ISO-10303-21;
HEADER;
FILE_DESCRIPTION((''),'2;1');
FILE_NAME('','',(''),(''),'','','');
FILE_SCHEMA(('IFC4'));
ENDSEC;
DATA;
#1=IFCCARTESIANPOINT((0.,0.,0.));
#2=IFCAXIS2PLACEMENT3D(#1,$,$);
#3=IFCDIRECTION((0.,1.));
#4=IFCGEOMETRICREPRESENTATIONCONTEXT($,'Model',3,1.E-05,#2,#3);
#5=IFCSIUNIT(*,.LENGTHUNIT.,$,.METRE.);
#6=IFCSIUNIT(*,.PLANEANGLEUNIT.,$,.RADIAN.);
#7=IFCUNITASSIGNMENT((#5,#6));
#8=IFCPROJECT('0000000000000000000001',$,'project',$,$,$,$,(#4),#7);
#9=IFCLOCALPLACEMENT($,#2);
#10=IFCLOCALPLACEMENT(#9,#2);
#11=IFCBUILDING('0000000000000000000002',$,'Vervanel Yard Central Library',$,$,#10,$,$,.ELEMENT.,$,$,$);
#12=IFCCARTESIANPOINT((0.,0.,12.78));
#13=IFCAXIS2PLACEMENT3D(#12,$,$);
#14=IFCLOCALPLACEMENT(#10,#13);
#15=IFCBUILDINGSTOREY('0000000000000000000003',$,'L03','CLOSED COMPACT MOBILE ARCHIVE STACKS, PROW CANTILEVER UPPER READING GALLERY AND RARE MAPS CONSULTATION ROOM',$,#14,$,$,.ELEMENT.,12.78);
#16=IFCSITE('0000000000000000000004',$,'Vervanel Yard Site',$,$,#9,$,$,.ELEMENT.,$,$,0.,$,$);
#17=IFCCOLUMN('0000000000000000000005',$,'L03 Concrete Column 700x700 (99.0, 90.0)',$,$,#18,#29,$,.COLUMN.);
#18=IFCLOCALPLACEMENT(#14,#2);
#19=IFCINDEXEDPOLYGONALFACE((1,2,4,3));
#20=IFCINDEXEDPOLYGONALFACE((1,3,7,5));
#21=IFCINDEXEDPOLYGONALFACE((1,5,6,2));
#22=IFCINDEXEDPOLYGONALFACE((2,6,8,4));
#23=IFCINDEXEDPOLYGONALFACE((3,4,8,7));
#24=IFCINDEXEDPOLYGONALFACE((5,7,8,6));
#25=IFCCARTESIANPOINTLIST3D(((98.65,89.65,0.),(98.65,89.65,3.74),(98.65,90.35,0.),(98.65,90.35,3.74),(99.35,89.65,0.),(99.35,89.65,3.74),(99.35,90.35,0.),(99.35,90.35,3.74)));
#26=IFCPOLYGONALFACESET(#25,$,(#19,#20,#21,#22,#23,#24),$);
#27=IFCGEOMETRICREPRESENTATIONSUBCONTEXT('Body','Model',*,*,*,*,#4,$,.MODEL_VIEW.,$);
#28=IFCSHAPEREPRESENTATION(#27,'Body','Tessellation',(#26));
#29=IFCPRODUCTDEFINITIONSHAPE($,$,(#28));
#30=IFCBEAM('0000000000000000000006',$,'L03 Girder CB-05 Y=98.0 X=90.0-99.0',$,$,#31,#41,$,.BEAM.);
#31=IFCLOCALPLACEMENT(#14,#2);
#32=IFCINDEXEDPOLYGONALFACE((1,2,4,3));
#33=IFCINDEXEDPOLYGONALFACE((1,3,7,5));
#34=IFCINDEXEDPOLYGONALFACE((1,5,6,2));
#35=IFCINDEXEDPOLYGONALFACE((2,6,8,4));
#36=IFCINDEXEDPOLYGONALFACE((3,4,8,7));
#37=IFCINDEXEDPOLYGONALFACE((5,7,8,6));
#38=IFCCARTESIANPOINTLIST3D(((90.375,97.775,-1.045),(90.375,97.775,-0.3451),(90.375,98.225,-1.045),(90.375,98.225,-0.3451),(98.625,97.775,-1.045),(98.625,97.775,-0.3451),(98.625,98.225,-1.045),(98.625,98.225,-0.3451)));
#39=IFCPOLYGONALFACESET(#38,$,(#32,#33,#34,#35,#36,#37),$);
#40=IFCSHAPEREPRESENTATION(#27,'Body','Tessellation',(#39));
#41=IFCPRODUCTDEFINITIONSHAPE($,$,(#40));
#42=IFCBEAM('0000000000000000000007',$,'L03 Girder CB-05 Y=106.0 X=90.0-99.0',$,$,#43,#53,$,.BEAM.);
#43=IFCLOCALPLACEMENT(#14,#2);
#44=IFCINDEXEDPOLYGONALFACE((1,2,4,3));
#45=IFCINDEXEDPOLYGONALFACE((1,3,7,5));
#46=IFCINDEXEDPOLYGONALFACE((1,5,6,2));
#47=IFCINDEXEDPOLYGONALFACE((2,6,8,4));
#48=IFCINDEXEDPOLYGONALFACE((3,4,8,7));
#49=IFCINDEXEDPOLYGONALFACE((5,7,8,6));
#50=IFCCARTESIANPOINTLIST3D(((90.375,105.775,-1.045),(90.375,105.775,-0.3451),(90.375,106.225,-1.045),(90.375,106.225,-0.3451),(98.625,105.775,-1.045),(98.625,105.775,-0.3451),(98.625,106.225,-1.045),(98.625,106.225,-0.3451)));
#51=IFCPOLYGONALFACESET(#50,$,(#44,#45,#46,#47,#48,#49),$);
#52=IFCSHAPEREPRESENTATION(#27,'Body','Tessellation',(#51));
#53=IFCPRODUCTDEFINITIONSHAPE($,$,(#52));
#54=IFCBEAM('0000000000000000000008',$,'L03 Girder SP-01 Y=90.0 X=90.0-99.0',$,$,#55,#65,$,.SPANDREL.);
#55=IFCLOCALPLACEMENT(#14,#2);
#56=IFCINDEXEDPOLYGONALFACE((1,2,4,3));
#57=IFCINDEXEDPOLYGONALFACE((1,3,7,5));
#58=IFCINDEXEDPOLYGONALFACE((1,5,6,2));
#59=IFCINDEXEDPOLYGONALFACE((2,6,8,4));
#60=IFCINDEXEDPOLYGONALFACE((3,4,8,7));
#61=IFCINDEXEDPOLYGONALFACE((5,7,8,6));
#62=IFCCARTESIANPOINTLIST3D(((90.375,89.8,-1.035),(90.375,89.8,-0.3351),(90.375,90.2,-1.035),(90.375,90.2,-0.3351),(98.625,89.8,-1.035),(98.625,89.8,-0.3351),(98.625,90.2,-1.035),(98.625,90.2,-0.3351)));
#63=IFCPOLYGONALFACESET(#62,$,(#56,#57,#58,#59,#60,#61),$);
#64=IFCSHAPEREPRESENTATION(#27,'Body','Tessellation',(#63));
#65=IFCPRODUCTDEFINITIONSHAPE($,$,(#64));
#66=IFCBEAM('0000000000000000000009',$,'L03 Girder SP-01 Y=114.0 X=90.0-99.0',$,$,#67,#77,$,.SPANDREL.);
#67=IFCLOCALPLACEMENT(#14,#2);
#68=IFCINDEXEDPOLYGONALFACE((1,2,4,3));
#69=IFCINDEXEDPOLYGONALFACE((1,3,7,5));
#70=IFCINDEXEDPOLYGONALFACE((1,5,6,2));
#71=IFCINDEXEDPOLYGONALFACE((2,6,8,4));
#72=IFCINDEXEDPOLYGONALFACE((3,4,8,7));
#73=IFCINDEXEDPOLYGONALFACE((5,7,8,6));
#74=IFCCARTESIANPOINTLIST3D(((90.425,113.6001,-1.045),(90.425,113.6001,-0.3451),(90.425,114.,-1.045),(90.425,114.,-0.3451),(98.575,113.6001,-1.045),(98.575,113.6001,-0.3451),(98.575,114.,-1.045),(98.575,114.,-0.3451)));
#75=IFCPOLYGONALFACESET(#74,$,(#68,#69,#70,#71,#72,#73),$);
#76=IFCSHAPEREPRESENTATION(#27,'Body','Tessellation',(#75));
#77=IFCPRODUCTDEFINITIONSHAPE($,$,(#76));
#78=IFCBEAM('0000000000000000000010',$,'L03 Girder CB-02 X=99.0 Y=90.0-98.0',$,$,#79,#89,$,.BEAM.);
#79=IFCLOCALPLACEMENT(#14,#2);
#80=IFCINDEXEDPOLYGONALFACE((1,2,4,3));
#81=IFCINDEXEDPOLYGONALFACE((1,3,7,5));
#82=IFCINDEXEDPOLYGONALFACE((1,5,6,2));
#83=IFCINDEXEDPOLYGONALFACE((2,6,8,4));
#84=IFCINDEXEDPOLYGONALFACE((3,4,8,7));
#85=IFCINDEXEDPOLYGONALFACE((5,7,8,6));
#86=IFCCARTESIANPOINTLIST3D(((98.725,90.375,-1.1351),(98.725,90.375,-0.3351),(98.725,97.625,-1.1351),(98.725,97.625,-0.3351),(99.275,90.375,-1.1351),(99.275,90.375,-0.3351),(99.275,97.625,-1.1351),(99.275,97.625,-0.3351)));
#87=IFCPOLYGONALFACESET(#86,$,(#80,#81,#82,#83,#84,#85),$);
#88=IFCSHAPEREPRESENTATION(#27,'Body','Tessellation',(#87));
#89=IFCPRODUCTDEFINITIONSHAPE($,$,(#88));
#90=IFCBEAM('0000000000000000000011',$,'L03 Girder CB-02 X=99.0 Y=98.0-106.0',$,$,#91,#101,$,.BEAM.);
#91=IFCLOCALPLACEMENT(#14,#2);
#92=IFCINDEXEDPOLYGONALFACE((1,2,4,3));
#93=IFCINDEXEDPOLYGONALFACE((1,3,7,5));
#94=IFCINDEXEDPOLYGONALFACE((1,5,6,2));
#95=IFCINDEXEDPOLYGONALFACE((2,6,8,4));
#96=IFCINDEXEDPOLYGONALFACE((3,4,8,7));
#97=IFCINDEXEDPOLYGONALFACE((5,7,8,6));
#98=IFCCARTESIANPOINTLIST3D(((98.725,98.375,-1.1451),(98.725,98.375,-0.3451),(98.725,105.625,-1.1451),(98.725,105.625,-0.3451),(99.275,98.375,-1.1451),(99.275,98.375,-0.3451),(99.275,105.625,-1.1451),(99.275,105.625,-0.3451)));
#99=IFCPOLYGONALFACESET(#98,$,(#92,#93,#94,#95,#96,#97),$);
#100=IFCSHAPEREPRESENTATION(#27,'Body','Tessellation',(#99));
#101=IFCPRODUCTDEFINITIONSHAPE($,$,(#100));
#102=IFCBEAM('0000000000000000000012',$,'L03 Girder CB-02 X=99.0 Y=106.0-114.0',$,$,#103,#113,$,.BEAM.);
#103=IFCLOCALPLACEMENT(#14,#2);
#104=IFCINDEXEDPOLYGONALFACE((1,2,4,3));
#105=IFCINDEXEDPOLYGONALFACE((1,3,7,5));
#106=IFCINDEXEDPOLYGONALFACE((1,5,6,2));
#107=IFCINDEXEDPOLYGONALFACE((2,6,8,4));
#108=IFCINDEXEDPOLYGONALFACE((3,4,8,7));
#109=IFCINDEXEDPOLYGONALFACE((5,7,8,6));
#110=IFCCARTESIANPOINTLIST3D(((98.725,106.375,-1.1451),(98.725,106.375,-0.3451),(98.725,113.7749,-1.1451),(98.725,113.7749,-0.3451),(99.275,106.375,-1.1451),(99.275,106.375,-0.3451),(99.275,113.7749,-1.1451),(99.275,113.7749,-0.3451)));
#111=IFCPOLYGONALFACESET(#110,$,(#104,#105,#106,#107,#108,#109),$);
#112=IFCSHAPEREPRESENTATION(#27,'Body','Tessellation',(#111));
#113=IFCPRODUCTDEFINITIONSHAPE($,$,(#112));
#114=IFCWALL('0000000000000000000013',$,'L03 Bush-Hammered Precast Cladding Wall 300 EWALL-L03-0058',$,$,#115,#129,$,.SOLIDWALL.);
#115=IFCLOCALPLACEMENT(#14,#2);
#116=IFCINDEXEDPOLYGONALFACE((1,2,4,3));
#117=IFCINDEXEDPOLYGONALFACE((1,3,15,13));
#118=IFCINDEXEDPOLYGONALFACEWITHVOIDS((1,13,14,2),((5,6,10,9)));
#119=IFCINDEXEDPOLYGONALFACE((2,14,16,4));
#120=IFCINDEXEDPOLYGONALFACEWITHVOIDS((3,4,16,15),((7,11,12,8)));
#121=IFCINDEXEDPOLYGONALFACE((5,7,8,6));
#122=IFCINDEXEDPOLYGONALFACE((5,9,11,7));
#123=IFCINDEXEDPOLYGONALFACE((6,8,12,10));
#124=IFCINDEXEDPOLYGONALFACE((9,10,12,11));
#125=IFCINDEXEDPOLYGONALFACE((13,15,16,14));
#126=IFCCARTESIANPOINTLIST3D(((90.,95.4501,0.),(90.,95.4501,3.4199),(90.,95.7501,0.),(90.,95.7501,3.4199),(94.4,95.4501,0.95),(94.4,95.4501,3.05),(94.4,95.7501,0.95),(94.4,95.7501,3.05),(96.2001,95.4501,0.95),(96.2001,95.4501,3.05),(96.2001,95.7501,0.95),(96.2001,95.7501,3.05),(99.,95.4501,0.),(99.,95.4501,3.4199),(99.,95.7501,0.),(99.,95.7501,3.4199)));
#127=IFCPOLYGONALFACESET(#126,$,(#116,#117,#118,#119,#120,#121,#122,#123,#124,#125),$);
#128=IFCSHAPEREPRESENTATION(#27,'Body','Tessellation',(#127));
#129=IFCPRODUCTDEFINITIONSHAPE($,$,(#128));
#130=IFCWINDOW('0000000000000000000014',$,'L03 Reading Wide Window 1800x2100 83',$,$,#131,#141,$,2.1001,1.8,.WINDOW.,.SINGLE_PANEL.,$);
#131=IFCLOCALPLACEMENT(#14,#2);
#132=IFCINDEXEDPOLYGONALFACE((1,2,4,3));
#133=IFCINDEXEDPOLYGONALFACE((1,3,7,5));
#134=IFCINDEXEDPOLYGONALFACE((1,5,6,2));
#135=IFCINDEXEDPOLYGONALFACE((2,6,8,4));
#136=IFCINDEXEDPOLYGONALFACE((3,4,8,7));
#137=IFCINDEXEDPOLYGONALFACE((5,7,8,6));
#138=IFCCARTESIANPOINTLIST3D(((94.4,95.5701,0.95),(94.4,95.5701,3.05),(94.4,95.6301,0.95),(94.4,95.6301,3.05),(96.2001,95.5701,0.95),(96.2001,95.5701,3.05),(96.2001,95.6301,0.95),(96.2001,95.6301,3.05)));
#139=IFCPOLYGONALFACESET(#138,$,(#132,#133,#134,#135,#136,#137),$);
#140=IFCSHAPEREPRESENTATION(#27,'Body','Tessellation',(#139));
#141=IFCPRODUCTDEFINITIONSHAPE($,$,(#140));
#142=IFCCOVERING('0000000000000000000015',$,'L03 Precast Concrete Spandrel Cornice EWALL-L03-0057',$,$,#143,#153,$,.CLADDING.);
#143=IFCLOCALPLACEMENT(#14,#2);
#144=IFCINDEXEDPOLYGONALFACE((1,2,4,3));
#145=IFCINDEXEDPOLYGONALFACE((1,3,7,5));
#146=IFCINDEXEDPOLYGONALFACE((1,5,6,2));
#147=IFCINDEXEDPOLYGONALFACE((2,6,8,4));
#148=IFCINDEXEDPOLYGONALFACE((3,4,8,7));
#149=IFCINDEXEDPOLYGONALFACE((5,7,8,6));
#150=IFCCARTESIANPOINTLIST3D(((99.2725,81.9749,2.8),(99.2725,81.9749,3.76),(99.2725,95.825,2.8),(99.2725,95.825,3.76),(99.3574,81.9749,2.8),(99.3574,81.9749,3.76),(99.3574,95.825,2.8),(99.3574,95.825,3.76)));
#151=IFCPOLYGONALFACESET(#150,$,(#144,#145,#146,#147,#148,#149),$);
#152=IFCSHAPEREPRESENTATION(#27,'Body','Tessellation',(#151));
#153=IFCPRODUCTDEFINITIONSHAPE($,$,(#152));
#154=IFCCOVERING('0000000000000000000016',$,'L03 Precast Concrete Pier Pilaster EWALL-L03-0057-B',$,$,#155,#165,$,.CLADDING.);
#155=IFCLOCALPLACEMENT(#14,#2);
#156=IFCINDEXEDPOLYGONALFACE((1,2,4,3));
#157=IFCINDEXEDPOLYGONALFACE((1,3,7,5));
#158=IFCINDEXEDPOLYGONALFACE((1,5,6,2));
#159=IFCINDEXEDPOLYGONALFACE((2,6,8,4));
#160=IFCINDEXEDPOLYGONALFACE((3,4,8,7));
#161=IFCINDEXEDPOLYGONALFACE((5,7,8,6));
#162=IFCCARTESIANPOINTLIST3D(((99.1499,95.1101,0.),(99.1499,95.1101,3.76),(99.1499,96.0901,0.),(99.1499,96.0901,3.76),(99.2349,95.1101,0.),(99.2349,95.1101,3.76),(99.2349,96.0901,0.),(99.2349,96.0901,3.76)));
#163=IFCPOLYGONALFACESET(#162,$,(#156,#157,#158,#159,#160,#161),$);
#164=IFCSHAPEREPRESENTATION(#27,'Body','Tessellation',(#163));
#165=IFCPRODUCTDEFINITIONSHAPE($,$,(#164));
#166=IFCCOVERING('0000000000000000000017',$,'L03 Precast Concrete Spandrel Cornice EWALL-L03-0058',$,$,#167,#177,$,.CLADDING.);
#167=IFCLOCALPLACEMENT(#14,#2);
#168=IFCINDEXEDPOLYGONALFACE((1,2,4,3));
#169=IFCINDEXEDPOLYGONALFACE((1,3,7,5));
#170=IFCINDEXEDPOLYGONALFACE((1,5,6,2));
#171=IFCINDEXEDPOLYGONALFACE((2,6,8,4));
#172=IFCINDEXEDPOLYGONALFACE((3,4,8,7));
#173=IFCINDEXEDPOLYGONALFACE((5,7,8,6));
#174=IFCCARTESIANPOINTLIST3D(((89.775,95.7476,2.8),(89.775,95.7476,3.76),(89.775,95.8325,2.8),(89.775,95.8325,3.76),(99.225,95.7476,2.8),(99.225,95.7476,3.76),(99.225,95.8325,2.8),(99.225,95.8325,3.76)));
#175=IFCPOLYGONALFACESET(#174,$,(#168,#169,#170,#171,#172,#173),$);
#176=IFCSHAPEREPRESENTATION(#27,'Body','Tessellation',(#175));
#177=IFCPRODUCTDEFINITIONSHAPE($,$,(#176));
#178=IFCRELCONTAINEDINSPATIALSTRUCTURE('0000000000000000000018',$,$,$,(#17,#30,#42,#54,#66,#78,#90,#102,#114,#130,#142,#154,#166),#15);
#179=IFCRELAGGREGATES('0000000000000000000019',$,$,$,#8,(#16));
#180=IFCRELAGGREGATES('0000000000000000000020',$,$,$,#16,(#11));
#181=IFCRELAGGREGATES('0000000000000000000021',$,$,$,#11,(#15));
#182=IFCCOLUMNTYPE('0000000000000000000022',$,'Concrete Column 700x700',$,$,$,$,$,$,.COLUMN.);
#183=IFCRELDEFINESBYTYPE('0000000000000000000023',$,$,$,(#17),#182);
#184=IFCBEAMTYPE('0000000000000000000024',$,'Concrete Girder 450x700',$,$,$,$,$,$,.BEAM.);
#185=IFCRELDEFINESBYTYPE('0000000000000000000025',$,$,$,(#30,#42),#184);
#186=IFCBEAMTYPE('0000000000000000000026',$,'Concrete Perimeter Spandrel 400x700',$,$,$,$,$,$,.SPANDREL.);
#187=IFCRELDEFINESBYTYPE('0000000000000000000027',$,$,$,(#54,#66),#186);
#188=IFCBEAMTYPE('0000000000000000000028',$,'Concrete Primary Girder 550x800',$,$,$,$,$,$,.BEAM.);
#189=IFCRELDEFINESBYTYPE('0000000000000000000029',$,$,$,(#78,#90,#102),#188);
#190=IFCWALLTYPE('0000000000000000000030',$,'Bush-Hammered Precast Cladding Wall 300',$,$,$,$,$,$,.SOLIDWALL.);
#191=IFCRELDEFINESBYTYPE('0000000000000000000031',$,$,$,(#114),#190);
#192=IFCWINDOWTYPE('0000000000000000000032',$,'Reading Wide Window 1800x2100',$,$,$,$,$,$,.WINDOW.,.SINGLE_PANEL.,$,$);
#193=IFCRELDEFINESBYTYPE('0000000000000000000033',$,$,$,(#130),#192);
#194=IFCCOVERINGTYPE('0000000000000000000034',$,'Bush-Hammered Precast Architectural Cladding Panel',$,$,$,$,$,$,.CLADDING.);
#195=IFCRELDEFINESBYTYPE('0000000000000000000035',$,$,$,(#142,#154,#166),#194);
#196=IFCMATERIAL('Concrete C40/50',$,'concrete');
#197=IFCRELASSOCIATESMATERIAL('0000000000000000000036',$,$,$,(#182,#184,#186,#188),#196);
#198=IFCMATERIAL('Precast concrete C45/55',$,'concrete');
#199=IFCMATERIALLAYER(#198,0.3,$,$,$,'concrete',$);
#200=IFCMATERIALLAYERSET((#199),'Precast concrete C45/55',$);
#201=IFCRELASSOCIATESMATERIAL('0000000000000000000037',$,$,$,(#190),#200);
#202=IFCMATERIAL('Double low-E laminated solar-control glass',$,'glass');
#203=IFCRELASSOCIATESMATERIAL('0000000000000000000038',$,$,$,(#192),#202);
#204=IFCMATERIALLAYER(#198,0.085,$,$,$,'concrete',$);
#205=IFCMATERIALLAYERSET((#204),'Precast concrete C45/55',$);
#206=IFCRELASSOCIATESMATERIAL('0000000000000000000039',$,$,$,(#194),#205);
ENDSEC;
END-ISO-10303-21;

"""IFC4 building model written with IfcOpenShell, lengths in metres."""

from ifc_helpers import new_model, si_unit, direction, frame, frame_2d, origin, origin_2d, place, context, subcontext, project, spatial, rectangle, extrude, material, layer, layer_set, material_profile, profile_set, type_object, element, fill, save


model = new_model("IFC4")

# Units and contexts
model_context = context("Model", 3, precision=1e-05, world=origin(), true_north=direction((0.0, 1.0)))
body_context = subcontext(model_context, "Body", "Model", "MODEL_VIEW")
ifc_project = project(units=[si_unit("LENGTHUNIT", "METRE"), si_unit("PLANEANGLEUNIT", "RADIAN")], contexts=[model_context])

# Site, building, storey
site_placement = place(None, origin())
site = spatial("IfcSite", under=ifc_project, at=site_placement, Name="Vervanel Yard Site", CompositionType="ELEMENT", RefElevation=0.0)
building_placement = place(site_placement, origin())
building = spatial("IfcBuilding", under=site, at=building_placement, Name="Vervanel Yard Central Library", CompositionType="ELEMENT")
storey_placement = place(building_placement, frame((0.0, 0.0, 12.78)))
storey = spatial("IfcBuildingStorey", under=building, at=storey_placement, Name="L03", Description="CLOSED COMPACT MOBILE ARCHIVE STACKS, PROW CANTILEVER UPPER READING GALLERY AND RARE MAPS CONSULTATION ROOM", CompositionType="ELEMENT", Elevation=12.78)

# Column
ifc_material_1 = material(Name="Concrete C40/50", Category="concrete")
ifc_material_profile_1 = material_profile(ifc_material_1, rectangle(XDim=0.7, YDim=0.7, at=origin_2d()), Name="RC 700x700", Category="concrete")
ifc_profile_set_1 = profile_set([ifc_material_profile_1], Name="Concrete C40/50")
column_type = type_object("IfcColumnType", Name="Concrete Column 700x700", PredefinedType="COLUMN", material=ifc_profile_set_1)
column_placement = place(storey_placement, frame((99.0, 90.0, 0.0), z_axis=(0.0, 0.0, 1.0), x_axis=(1.0, 0.0, 0.0)))
element("IfcColumn", 1, at=column_placement, inside=storey, type_object=column_type, Name="L03 Concrete Column 700x700 (99.0, 90.0)", PredefinedType="COLUMN", context=body_context, shape_type="SweptSolid", body=[
    extrude(rectangle(XDim=0.7, YDim=0.7, at=origin_2d()), origin(), (0.0, 0.0, 1.0), 3.74),
])

# Beams
ifc_material_profile_2 = material_profile(ifc_material_1, rectangle(XDim=0.45, YDim=0.7, at=origin_2d()), Name="RC 450x700", Category="concrete")
ifc_profile_set_2 = profile_set([ifc_material_profile_2], Name="Concrete C40/50")
beam_type_1 = type_object("IfcBeamType", Name="Concrete Girder 450x700", PredefinedType="BEAM", material=ifc_profile_set_2)
for number, where, z_axis, x_axis, name in (
    (2, (90.375, 98.0, -0.6951), (1.0, 0.0, 0.0), (0.0, 1.0, 0.0), "L03 Girder CB-05 Y=98.0 X=90.0-99.0"),
    (3, (90.375, 106.0, -0.6951), (1.0, 0.0, 0.0), (0.0, 1.0, 0.0), "L03 Girder CB-05 Y=106.0 X=90.0-99.0"),
):
    element("IfcBeam", number, at=place(storey_placement, frame(where, z_axis=z_axis, x_axis=x_axis)), inside=storey, type_object=beam_type_1, Name=name, PredefinedType="BEAM", context=body_context, shape_type="SweptSolid", body=[
        extrude(rectangle(XDim=0.45, YDim=0.7, at=origin_2d()), origin(), (0.0, 0.0, 1.0), 8.25),
    ])
ifc_material_profile_3 = material_profile(ifc_material_1, rectangle(XDim=0.3999, YDim=0.7, at=origin_2d()), Name="RC 400x700", Category="concrete")
ifc_profile_set_3 = profile_set([ifc_material_profile_3], Name="Concrete C40/50")
beam_type_2 = type_object("IfcBeamType", Name="Concrete Perimeter Spandrel 400x700", PredefinedType="SPANDREL", material=ifc_profile_set_3)
beam_1_placement = place(storey_placement, frame((90.375, 90.0, -0.6851), z_axis=(1.0, 0.0, 0.0), x_axis=(0.0, 1.0, 0.0)))
element("IfcBeam", 4, at=beam_1_placement, inside=storey, type_object=beam_type_2, Name="L03 Girder SP-01 Y=90.0 X=90.0-99.0", PredefinedType="SPANDREL", context=body_context, shape_type="SweptSolid", body=[
    extrude(rectangle(XDim=0.3999, YDim=0.7, at=origin_2d()), origin(), (0.0, 0.0, 1.0), 8.25),
])
beam_2_placement = place(storey_placement, frame((90.425, 113.8, -0.6951), z_axis=(1.0, 0.0, 0.0), x_axis=(0.0, 1.0, 0.0)))
element("IfcBeam", 5, at=beam_2_placement, inside=storey, type_object=beam_type_2, Name="L03 Girder SP-01 Y=114.0 X=90.0-99.0", PredefinedType="SPANDREL", context=body_context, shape_type="SweptSolid", body=[
    extrude(rectangle(XDim=0.3999, YDim=0.7, at=origin_2d()), origin(), (0.0, 0.0, 1.0), 8.1499),
])
ifc_material_profile_4 = material_profile(ifc_material_1, rectangle(XDim=0.55, YDim=0.8, at=origin_2d()), Name="RC 550x800", Category="concrete")
ifc_profile_set_4 = profile_set([ifc_material_profile_4], Name="Concrete C40/50")
beam_type_3 = type_object("IfcBeamType", Name="Concrete Primary Girder 550x800", PredefinedType="BEAM", material=ifc_profile_set_4)
for number, where, z_axis, x_axis, name in (
    (6, (99.0, 90.375, -0.7351), (0.0, 1.0, 0.0), (-1.0, 0.0, 0.0), "L03 Girder CB-02 X=99.0 Y=90.0-98.0"),
    (7, (99.0, 98.375, -0.7451), (0.0, 1.0, 0.0), (-1.0, 0.0, 0.0), "L03 Girder CB-02 X=99.0 Y=98.0-106.0"),
):
    element("IfcBeam", number, at=place(storey_placement, frame(where, z_axis=z_axis, x_axis=x_axis)), inside=storey, type_object=beam_type_3, Name=name, PredefinedType="BEAM", context=body_context, shape_type="SweptSolid", body=[
        extrude(rectangle(XDim=0.55, YDim=0.8, at=origin_2d()), origin(), (0.0, 0.0, 1.0), 7.25),
    ])
beam_3_placement = place(storey_placement, frame((99.0, 106.375, -0.7451), z_axis=(0.0, 1.0, 0.0), x_axis=(-1.0, 0.0, 0.0)))
element("IfcBeam", 8, at=beam_3_placement, inside=storey, type_object=beam_type_3, Name="L03 Girder CB-02 X=99.0 Y=106.0-114.0", PredefinedType="BEAM", context=body_context, shape_type="SweptSolid", body=[
    extrude(rectangle(XDim=0.55, YDim=0.8, at=origin_2d()), origin(), (0.0, 0.0, 1.0), 7.3999),
])

# Wall, opening, window
ifc_material_2 = material(Name="Precast concrete C45/55", Category="concrete")
ifc_layer_1 = layer(ifc_material_2, 0.3, Category="concrete")
ifc_layer_set_1 = layer_set([ifc_layer_1], Name="Precast concrete C45/55")
wall_type = type_object("IfcWallType", Name="Bush-Hammered Precast Cladding Wall 300", PredefinedType="SOLIDWALL", material=ifc_layer_set_1)
wall_placement = place(storey_placement, frame((99.0, 95.6001, 0.0), z_axis=(0.0, 0.0, 1.0), x_axis=(-1.0, 0.0, 0.0)))
wall = element("IfcWall", 9, at=wall_placement, inside=storey, type_object=wall_type, Name="L03 Bush-Hammered Precast Cladding Wall 300 EWALL-L03-0058", PredefinedType="SOLIDWALL", context=body_context, shape_type="SweptSolid", body=[
    extrude(rectangle(XDim=9.0, YDim=0.3, at=frame_2d((4.5, 0.0))), origin(), (0.0, 0.0, 1.0), 3.4199),
])
opening_placement = place(wall_placement, frame((2.8, 0.0, 0.95)))
opening = element("IfcOpeningElement", 10, at=opening_placement, cuts=wall, PredefinedType="OPENING", context=body_context, shape_type="SweptSolid", body=[
    extrude(rectangle(XDim=1.8, YDim=2.1001, at=frame_2d((0.8999, 1.05))), frame((0.0, 0.1599, 0.0), z_axis=(0.0, -1.0, 0.0), x_axis=(1.0, 0.0, 0.0)), (0.0, 0.0, 1.0), 0.3201),
])
ifc_material_3 = material(Name="Double low-E laminated solar-control glass", Category="glass")
window_type = type_object("IfcWindowType", Name="Reading Wide Window 1800x2100", PartitioningType="SINGLE_PANEL", PredefinedType="WINDOW", material=ifc_material_3)
window_placement = place(opening_placement, origin())
window = element("IfcWindow", 11, at=window_placement, inside=storey, type_object=window_type, Name="L03 Reading Wide Window 1800x2100 83", OverallHeight=2.1001, OverallWidth=1.8, PartitioningType="SINGLE_PANEL", PredefinedType="WINDOW", context=body_context, shape_type="SweptSolid", body=[
    extrude(rectangle(XDim=1.8, YDim=2.1001, at=frame_2d((0.8999, 1.05))), frame((0.0, 0.03, 0.0), z_axis=(0.0, -1.0, 0.0), x_axis=(1.0, 0.0, 0.0)), (0.0, 0.0, 1.0), 0.0601),
])
fill(opening, window)

# Coverings
ifc_layer_2 = layer(ifc_material_2, 0.085, Category="concrete")
ifc_layer_set_2 = layer_set([ifc_layer_2], Name="Precast concrete C45/55")
covering_type = type_object("IfcCoveringType", Name="Bush-Hammered Precast Architectural Cladding Panel", PredefinedType="CLADDING", material=ifc_layer_set_2)
covering_1_placement = place(storey_placement, frame((99.3149, 88.8999, 2.8), z_axis=(0.0, 0.0, 1.0), x_axis=(0.0, 1.0, 0.0)))
element("IfcCovering", 12, at=covering_1_placement, inside=storey, type_object=covering_type, Name="L03 Precast Concrete Spandrel Cornice EWALL-L03-0057", PredefinedType="CLADDING", context=body_context, shape_type="SweptSolid", body=[
    extrude(rectangle(XDim=13.8501, YDim=0.085, at=origin_2d()), origin(), (0.0, 0.0, 1.0), 0.96),
])
covering_2_placement = place(storey_placement, frame((99.1924, 95.6001, 0.0), z_axis=(0.0, 0.0, 1.0), x_axis=(0.0, 1.0, 0.0)))
element("IfcCovering", 13, at=covering_2_placement, inside=storey, type_object=covering_type, Name="L03 Precast Concrete Pier Pilaster EWALL-L03-0057-B", PredefinedType="CLADDING", context=body_context, shape_type="SweptSolid", body=[
    extrude(rectangle(XDim=0.98, YDim=0.085, at=origin_2d()), origin(), (0.0, 0.0, 1.0), 3.76),
])
covering_3_placement = place(storey_placement, frame((94.5, 95.79, 2.8), z_axis=(0.0, 0.0, 1.0), x_axis=(-1.0, 0.0, 0.0)))
element("IfcCovering", 14, at=covering_3_placement, inside=storey, type_object=covering_type, Name="L03 Precast Concrete Spandrel Cornice EWALL-L03-0058", PredefinedType="CLADDING", context=body_context, shape_type="SweptSolid", body=[
    extrude(rectangle(XDim=9.45, YDim=0.085, at=origin_2d()), origin(), (0.0, 0.0, 1.0), 0.96),
])

save(model, "model.ifc")
